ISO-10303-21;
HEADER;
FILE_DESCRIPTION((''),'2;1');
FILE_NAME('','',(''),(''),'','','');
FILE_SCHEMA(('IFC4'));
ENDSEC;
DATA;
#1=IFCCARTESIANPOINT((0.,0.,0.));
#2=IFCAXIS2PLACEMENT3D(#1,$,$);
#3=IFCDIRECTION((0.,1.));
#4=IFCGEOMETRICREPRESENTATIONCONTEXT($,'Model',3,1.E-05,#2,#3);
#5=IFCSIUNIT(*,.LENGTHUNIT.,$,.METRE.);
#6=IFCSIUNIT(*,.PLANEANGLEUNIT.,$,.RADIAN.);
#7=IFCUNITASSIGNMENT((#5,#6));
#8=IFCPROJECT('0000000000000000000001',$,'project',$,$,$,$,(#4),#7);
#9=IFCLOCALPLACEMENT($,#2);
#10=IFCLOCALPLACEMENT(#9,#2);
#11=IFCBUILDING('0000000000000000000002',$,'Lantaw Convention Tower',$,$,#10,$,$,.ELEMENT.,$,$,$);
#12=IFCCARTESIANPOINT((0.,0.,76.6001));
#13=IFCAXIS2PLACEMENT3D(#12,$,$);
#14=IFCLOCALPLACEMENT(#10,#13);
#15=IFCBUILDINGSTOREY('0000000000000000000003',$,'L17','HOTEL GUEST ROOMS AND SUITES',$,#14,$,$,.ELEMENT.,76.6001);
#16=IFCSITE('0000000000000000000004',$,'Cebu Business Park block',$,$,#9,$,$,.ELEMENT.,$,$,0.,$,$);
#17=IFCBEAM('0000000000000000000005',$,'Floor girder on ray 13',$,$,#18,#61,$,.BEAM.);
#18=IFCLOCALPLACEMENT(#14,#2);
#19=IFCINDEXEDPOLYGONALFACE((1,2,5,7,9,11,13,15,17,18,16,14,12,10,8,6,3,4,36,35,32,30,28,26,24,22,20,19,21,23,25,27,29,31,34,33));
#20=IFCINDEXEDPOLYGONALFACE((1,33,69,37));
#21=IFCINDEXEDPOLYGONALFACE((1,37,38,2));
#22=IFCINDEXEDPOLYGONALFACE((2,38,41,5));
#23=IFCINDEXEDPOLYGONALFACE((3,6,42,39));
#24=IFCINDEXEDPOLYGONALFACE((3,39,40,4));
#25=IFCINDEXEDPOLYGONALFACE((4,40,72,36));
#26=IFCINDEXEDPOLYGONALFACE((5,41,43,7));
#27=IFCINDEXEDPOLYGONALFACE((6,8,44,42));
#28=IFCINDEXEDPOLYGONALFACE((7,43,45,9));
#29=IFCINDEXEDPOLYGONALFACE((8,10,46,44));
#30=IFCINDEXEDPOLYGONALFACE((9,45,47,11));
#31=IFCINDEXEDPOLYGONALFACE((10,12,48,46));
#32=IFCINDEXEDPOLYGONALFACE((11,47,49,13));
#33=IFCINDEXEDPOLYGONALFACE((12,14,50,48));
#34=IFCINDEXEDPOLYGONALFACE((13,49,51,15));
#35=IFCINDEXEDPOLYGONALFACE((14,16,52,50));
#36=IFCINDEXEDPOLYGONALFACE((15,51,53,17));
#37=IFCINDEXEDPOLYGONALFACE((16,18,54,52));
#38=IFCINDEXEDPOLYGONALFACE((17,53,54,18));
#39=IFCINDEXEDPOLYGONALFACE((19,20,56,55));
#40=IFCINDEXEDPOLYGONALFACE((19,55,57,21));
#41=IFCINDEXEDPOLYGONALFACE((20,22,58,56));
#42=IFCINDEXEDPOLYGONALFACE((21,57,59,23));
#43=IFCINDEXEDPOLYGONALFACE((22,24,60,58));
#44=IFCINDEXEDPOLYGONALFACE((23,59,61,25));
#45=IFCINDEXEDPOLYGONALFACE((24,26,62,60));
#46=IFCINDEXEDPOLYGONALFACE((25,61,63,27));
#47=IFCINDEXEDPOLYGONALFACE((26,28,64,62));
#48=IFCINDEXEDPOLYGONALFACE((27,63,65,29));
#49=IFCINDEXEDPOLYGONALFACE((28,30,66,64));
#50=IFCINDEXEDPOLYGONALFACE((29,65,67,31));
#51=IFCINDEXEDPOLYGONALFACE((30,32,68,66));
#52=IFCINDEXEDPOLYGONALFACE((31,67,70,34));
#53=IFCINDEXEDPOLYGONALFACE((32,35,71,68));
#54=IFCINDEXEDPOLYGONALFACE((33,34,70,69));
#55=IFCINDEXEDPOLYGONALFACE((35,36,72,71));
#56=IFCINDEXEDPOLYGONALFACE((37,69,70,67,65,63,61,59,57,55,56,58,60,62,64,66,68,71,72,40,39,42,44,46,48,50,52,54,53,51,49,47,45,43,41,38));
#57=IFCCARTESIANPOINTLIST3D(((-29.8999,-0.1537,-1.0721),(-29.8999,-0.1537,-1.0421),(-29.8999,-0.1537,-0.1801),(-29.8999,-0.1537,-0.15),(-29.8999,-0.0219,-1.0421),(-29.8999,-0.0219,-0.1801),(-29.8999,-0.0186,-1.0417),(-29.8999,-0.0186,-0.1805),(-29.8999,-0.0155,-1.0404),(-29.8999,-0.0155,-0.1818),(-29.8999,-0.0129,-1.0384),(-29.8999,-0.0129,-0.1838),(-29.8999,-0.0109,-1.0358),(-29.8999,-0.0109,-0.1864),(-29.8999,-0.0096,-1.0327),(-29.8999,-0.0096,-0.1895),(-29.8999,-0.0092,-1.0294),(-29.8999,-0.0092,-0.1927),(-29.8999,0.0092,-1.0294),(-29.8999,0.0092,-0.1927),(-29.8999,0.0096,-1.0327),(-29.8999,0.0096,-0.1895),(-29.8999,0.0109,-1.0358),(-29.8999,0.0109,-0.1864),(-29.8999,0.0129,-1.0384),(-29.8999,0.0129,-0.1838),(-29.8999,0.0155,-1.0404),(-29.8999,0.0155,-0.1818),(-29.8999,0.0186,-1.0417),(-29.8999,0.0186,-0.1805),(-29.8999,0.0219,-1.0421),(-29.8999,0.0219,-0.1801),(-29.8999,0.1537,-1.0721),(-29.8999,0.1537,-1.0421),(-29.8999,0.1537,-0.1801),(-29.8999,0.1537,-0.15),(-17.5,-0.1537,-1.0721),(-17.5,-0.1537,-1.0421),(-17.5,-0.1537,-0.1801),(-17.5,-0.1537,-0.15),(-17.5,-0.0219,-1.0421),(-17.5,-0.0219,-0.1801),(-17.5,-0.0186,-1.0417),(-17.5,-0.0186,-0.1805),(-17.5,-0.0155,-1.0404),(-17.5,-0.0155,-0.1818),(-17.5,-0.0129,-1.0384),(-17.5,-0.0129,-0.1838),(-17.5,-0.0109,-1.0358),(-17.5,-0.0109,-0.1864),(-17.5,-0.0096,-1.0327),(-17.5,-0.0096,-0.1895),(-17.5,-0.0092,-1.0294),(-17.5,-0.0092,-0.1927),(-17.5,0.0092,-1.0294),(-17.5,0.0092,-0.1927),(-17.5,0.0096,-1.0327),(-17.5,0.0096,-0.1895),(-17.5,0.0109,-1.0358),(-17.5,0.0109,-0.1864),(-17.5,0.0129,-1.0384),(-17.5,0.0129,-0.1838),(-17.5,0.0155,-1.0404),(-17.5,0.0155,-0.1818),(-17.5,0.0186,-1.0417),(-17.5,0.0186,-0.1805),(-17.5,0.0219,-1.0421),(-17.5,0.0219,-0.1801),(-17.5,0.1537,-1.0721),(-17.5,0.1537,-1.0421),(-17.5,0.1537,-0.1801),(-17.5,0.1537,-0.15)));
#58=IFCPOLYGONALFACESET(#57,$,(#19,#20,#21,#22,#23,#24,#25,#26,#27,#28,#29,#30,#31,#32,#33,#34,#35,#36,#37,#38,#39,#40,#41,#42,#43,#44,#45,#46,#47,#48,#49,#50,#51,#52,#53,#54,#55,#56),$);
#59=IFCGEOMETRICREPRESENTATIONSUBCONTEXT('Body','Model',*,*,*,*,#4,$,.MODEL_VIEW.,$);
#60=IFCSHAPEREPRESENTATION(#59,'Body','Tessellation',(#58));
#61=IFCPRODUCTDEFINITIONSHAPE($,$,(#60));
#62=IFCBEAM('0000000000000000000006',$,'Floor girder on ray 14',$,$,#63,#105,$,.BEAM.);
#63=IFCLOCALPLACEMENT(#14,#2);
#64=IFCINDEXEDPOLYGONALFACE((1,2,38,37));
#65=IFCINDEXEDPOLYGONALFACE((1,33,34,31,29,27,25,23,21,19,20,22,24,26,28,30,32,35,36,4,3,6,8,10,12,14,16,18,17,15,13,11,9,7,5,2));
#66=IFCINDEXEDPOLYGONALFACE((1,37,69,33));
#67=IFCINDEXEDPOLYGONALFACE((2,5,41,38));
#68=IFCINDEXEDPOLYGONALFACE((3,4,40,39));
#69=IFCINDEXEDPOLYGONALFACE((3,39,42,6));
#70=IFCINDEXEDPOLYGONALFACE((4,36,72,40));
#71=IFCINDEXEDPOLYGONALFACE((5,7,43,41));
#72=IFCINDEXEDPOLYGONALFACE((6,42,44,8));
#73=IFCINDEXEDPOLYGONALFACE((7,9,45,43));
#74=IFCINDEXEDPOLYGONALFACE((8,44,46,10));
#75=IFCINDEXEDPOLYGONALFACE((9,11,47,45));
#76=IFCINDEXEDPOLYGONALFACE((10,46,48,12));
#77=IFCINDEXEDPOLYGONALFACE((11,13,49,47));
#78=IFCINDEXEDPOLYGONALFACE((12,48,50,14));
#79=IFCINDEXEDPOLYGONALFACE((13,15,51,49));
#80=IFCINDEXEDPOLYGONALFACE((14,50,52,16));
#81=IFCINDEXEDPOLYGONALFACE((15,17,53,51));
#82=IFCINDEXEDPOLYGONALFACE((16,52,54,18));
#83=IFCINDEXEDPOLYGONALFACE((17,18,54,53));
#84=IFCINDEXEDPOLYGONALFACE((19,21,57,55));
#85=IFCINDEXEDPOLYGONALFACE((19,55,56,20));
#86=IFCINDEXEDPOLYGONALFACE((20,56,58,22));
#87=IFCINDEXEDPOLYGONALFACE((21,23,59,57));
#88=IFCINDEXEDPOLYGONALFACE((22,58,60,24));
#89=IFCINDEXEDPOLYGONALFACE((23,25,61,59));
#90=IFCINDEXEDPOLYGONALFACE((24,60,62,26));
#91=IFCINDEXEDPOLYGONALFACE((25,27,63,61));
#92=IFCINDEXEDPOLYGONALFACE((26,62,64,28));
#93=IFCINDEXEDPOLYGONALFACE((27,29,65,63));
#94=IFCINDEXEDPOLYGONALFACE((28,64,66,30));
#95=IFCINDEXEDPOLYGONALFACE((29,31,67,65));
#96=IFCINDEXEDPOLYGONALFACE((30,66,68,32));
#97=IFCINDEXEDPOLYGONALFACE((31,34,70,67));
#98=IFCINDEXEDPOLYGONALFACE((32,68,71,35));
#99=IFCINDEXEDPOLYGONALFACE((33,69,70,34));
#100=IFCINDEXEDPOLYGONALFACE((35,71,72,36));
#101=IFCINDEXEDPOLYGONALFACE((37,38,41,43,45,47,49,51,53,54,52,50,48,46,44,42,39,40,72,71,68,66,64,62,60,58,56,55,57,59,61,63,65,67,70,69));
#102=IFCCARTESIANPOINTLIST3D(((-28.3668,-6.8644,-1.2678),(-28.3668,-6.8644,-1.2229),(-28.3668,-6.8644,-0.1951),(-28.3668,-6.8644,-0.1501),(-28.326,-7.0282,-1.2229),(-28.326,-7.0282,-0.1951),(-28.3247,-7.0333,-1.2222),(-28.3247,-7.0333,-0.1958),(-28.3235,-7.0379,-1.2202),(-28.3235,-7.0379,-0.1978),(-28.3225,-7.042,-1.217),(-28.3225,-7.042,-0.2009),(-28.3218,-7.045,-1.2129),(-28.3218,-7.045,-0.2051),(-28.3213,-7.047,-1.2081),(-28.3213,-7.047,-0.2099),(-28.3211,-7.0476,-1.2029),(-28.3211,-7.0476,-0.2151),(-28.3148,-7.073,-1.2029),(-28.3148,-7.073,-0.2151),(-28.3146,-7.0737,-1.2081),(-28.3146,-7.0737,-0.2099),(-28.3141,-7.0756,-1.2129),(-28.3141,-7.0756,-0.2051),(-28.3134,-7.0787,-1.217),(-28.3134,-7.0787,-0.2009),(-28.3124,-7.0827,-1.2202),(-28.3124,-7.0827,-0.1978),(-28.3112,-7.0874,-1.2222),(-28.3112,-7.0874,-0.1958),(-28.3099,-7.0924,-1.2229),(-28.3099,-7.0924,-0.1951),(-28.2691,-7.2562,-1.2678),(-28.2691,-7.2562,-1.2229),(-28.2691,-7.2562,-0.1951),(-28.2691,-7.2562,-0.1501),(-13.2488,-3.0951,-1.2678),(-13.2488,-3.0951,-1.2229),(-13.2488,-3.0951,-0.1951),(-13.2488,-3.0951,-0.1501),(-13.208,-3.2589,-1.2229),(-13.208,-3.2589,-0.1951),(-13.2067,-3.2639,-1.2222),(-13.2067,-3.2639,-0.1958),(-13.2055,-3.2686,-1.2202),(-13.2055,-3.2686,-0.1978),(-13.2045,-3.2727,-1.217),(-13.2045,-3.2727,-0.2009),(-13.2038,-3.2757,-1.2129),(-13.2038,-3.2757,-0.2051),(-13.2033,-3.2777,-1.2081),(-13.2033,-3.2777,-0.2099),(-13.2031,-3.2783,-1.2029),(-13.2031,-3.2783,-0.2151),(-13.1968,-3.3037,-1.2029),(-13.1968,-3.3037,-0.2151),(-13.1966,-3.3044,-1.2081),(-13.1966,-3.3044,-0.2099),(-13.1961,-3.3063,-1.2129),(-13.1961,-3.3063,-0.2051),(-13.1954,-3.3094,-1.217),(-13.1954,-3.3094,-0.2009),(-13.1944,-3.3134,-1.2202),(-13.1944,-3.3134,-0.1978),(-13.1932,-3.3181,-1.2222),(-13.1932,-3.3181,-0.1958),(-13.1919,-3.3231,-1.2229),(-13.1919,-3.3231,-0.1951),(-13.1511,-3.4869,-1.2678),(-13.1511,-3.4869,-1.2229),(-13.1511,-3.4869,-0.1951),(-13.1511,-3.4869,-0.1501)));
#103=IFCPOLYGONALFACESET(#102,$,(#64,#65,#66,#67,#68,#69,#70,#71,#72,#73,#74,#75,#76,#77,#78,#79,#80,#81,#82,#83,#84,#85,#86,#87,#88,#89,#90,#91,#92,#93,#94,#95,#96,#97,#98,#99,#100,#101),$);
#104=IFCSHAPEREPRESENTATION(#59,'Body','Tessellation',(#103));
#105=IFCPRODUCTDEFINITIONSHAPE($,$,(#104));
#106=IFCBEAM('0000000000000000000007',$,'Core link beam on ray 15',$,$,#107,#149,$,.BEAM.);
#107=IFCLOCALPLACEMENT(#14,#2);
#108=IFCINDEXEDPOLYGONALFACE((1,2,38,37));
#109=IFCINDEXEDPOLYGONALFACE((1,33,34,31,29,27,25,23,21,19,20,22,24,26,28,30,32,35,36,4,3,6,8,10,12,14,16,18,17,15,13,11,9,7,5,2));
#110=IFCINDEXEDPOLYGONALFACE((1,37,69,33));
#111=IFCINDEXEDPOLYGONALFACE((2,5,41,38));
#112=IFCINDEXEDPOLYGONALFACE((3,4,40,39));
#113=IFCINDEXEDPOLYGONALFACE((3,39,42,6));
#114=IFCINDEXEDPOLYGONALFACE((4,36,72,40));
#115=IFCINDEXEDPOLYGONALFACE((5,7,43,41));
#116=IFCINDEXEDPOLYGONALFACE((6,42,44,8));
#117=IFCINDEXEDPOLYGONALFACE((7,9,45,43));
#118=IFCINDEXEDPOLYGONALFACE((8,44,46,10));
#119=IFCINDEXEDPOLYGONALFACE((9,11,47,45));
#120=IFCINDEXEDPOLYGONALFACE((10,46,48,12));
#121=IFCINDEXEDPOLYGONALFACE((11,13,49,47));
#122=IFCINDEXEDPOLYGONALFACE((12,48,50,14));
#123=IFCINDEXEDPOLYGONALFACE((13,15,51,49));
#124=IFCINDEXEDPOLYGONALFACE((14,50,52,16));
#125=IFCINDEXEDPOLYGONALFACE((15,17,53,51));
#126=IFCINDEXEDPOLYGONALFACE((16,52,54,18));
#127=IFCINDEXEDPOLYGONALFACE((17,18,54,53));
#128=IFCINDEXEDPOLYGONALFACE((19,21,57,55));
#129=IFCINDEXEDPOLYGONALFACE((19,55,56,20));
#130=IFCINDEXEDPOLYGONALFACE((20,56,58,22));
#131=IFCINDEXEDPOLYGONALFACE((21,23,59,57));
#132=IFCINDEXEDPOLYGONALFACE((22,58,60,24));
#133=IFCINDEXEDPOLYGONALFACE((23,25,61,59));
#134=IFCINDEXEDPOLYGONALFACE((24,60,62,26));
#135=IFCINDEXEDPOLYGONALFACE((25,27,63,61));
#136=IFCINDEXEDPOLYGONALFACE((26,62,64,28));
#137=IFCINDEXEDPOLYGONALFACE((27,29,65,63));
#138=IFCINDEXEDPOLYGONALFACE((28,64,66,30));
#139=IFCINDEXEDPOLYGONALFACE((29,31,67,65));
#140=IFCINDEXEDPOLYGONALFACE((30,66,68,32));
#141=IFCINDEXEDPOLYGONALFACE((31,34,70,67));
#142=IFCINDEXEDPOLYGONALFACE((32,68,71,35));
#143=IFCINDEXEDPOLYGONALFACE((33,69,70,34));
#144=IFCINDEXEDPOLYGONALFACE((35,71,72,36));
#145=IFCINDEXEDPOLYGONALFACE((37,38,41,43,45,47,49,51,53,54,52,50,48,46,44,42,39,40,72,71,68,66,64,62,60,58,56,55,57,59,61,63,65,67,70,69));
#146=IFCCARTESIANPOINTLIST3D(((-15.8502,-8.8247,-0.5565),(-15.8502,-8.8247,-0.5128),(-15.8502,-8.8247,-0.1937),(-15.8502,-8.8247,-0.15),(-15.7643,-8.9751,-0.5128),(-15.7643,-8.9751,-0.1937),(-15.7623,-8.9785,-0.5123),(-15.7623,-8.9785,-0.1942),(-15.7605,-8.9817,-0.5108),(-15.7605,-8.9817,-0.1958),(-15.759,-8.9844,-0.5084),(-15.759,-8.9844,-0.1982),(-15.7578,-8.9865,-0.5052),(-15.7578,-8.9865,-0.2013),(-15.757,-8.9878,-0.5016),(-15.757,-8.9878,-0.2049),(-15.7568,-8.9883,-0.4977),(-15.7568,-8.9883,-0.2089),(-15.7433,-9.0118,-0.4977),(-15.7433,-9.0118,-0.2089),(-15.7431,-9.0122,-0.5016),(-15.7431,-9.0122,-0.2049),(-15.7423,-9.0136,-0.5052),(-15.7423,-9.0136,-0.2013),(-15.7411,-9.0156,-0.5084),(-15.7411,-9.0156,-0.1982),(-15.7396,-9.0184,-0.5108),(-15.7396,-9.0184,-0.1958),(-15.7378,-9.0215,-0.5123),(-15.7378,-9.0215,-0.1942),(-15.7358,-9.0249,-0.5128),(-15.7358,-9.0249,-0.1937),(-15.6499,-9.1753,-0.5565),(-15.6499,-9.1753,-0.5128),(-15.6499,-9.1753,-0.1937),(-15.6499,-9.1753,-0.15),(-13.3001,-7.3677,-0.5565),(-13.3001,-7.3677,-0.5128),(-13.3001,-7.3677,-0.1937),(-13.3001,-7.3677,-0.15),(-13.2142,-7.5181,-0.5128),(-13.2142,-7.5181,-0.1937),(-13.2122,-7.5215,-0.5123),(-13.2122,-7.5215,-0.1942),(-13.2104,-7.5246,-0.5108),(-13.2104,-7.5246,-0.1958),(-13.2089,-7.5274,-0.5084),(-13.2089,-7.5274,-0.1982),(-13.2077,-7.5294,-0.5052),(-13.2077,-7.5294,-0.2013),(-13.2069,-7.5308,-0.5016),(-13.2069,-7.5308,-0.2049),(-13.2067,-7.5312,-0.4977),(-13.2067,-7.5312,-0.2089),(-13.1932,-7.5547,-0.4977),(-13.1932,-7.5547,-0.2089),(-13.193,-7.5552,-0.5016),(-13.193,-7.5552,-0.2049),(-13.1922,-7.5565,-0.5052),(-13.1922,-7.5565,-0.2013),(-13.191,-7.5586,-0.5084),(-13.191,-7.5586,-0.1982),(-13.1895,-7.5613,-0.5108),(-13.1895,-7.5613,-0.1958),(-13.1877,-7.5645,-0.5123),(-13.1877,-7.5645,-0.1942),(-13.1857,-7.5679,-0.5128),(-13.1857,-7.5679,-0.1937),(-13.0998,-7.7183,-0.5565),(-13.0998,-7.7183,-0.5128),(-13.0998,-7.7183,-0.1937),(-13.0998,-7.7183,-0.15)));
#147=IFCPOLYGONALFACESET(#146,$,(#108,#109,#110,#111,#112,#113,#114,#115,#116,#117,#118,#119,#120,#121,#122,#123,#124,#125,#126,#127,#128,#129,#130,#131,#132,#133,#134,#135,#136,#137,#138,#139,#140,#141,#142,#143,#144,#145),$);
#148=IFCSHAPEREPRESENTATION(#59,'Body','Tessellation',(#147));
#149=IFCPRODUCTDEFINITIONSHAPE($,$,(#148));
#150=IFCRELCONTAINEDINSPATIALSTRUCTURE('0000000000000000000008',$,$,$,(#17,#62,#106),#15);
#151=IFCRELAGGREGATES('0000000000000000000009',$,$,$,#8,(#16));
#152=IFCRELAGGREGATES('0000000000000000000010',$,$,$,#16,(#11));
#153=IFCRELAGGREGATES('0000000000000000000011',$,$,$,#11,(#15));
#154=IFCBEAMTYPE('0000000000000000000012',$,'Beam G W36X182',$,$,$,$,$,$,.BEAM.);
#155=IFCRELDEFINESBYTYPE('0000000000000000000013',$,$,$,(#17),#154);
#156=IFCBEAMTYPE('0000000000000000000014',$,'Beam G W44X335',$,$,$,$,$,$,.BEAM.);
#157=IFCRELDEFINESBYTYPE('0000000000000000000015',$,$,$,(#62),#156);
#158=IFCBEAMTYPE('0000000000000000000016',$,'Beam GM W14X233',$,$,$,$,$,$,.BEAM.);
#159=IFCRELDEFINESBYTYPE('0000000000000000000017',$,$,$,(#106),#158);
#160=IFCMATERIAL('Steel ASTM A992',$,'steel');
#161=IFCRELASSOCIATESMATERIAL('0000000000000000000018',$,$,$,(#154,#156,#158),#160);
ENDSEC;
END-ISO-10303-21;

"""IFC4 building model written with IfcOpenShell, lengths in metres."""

from ifc_helpers import new_model, si_unit, direction, frame, origin, origin_2d, place, context, subcontext, project, spatial, i_section, extrude, material, material_profile, profile_set, type_object, element, save


model = new_model("IFC4")

# Units and contexts
model_context = context("Model", 3, precision=1e-05, world=origin(), true_north=direction((0.0, 1.0)))
body_context = subcontext(model_context, "Body", "Model", "MODEL_VIEW")
ifc_project = project(units=[si_unit("LENGTHUNIT", "METRE"), si_unit("PLANEANGLEUNIT", "RADIAN")], contexts=[model_context])

# Site, building, storey
site_placement = place(None, origin())
site = spatial("IfcSite", under=ifc_project, at=site_placement, Name="Cebu Business Park block", CompositionType="ELEMENT", RefElevation=0.0)
building_placement = place(site_placement, origin())
building = spatial("IfcBuilding", under=site, at=building_placement, Name="Lantaw Convention Tower", CompositionType="ELEMENT")
storey_placement = place(building_placement, frame((0.0, 0.0, 76.6001)))
storey = spatial("IfcBuildingStorey", under=building, at=storey_placement, Name="L17", Description="HOTEL GUEST ROOMS AND SUITES", CompositionType="ELEMENT", Elevation=76.6001)

# Beams
ifc_material_1 = material(Name="Steel ASTM A992", Category="steel")
ifc_material_profile_1 = material_profile(ifc_material_1, i_section(OverallWidth=0.3074, OverallDepth=0.9221, WebThickness=0.0183, FlangeThickness=0.03, FilletRadius=0.0127, at=origin_2d()), Name="W36X182")
ifc_profile_set_1 = profile_set([ifc_material_profile_1], Name="Steel ASTM A992")
beam_type_1 = type_object("IfcBeamType", Name="Beam G W36X182", PredefinedType="BEAM", material=ifc_profile_set_1)
beam_1_placement = place(storey_placement, frame((-17.5, 0.0, -0.6111), z_axis=(-1.0, 0.0, 0.0), x_axis=(0.0, -1.0, 0.0)))
element("IfcBeam", 1, at=beam_1_placement, inside=storey, type_object=beam_type_1, Name="Floor girder on ray 13", PredefinedType="BEAM", context=body_context, shape_type="SweptSolid", body=[
    extrude(i_section(OverallWidth=0.3074, OverallDepth=0.9221, WebThickness=0.0183, FlangeThickness=0.03, FilletRadius=0.0127, at=origin_2d()), origin(), (0.0, 0.0, 1.0), 12.3999),
])
ifc_material_profile_2 = material_profile(ifc_material_1, i_section(OverallWidth=0.4038, OverallDepth=1.1177, WebThickness=0.0261, FlangeThickness=0.0449, FilletRadius=0.02, at=origin_2d()), Name="W44X335")
ifc_profile_set_2 = profile_set([ifc_material_profile_2], Name="Steel ASTM A992")
beam_type_2 = type_object("IfcBeamType", Name="Beam G W44X335", PredefinedType="BEAM", material=ifc_profile_set_2)
beam_2_placement = place(storey_placement, frame((-13.2, -3.291, -0.709), z_axis=(-0.970296, -0.24192, 0.0), x_axis=(0.24192, -0.970296, 0.0)))
element("IfcBeam", 2, at=beam_2_placement, inside=storey, type_object=beam_type_2, Name="Floor girder on ray 14", PredefinedType="BEAM", context=body_context, shape_type="SweptSolid", body=[
    extrude(i_section(OverallWidth=0.4038, OverallDepth=1.1177, WebThickness=0.0261, FlangeThickness=0.0449, FilletRadius=0.02, at=origin_2d()), origin(), (0.0, 0.0, 1.0), 15.5808),
])
ifc_material_profile_3 = material_profile(ifc_material_1, i_section(OverallWidth=0.4038, OverallDepth=0.4065, WebThickness=0.0271, FlangeThickness=0.0437, FilletRadius=0.0151, at=origin_2d()), Name="W14X233")
ifc_profile_set_3 = profile_set([ifc_material_profile_3], Name="Steel ASTM A992")
beam_type_3 = type_object("IfcBeamType", Name="Beam GM W14X233", PredefinedType="BEAM", material=ifc_profile_set_3)
beam_3_placement = place(storey_placement, frame((-13.2, -7.543, -0.3533), z_axis=(-0.868264, -0.496103, 0.0), x_axis=(0.496103, -0.868264, 0.0)))
element("IfcBeam", 3, at=beam_3_placement, inside=storey, type_object=beam_type_3, Name="Core link beam on ray 15", PredefinedType="BEAM", context=body_context, shape_type="SweptSolid", body=[
    extrude(i_section(OverallWidth=0.4038, OverallDepth=0.4065, WebThickness=0.0271, FlangeThickness=0.0437, FilletRadius=0.0151, at=origin_2d()), origin(), (0.0, 0.0, 1.0), 2.937),
])

save(model, "model.ifc")
